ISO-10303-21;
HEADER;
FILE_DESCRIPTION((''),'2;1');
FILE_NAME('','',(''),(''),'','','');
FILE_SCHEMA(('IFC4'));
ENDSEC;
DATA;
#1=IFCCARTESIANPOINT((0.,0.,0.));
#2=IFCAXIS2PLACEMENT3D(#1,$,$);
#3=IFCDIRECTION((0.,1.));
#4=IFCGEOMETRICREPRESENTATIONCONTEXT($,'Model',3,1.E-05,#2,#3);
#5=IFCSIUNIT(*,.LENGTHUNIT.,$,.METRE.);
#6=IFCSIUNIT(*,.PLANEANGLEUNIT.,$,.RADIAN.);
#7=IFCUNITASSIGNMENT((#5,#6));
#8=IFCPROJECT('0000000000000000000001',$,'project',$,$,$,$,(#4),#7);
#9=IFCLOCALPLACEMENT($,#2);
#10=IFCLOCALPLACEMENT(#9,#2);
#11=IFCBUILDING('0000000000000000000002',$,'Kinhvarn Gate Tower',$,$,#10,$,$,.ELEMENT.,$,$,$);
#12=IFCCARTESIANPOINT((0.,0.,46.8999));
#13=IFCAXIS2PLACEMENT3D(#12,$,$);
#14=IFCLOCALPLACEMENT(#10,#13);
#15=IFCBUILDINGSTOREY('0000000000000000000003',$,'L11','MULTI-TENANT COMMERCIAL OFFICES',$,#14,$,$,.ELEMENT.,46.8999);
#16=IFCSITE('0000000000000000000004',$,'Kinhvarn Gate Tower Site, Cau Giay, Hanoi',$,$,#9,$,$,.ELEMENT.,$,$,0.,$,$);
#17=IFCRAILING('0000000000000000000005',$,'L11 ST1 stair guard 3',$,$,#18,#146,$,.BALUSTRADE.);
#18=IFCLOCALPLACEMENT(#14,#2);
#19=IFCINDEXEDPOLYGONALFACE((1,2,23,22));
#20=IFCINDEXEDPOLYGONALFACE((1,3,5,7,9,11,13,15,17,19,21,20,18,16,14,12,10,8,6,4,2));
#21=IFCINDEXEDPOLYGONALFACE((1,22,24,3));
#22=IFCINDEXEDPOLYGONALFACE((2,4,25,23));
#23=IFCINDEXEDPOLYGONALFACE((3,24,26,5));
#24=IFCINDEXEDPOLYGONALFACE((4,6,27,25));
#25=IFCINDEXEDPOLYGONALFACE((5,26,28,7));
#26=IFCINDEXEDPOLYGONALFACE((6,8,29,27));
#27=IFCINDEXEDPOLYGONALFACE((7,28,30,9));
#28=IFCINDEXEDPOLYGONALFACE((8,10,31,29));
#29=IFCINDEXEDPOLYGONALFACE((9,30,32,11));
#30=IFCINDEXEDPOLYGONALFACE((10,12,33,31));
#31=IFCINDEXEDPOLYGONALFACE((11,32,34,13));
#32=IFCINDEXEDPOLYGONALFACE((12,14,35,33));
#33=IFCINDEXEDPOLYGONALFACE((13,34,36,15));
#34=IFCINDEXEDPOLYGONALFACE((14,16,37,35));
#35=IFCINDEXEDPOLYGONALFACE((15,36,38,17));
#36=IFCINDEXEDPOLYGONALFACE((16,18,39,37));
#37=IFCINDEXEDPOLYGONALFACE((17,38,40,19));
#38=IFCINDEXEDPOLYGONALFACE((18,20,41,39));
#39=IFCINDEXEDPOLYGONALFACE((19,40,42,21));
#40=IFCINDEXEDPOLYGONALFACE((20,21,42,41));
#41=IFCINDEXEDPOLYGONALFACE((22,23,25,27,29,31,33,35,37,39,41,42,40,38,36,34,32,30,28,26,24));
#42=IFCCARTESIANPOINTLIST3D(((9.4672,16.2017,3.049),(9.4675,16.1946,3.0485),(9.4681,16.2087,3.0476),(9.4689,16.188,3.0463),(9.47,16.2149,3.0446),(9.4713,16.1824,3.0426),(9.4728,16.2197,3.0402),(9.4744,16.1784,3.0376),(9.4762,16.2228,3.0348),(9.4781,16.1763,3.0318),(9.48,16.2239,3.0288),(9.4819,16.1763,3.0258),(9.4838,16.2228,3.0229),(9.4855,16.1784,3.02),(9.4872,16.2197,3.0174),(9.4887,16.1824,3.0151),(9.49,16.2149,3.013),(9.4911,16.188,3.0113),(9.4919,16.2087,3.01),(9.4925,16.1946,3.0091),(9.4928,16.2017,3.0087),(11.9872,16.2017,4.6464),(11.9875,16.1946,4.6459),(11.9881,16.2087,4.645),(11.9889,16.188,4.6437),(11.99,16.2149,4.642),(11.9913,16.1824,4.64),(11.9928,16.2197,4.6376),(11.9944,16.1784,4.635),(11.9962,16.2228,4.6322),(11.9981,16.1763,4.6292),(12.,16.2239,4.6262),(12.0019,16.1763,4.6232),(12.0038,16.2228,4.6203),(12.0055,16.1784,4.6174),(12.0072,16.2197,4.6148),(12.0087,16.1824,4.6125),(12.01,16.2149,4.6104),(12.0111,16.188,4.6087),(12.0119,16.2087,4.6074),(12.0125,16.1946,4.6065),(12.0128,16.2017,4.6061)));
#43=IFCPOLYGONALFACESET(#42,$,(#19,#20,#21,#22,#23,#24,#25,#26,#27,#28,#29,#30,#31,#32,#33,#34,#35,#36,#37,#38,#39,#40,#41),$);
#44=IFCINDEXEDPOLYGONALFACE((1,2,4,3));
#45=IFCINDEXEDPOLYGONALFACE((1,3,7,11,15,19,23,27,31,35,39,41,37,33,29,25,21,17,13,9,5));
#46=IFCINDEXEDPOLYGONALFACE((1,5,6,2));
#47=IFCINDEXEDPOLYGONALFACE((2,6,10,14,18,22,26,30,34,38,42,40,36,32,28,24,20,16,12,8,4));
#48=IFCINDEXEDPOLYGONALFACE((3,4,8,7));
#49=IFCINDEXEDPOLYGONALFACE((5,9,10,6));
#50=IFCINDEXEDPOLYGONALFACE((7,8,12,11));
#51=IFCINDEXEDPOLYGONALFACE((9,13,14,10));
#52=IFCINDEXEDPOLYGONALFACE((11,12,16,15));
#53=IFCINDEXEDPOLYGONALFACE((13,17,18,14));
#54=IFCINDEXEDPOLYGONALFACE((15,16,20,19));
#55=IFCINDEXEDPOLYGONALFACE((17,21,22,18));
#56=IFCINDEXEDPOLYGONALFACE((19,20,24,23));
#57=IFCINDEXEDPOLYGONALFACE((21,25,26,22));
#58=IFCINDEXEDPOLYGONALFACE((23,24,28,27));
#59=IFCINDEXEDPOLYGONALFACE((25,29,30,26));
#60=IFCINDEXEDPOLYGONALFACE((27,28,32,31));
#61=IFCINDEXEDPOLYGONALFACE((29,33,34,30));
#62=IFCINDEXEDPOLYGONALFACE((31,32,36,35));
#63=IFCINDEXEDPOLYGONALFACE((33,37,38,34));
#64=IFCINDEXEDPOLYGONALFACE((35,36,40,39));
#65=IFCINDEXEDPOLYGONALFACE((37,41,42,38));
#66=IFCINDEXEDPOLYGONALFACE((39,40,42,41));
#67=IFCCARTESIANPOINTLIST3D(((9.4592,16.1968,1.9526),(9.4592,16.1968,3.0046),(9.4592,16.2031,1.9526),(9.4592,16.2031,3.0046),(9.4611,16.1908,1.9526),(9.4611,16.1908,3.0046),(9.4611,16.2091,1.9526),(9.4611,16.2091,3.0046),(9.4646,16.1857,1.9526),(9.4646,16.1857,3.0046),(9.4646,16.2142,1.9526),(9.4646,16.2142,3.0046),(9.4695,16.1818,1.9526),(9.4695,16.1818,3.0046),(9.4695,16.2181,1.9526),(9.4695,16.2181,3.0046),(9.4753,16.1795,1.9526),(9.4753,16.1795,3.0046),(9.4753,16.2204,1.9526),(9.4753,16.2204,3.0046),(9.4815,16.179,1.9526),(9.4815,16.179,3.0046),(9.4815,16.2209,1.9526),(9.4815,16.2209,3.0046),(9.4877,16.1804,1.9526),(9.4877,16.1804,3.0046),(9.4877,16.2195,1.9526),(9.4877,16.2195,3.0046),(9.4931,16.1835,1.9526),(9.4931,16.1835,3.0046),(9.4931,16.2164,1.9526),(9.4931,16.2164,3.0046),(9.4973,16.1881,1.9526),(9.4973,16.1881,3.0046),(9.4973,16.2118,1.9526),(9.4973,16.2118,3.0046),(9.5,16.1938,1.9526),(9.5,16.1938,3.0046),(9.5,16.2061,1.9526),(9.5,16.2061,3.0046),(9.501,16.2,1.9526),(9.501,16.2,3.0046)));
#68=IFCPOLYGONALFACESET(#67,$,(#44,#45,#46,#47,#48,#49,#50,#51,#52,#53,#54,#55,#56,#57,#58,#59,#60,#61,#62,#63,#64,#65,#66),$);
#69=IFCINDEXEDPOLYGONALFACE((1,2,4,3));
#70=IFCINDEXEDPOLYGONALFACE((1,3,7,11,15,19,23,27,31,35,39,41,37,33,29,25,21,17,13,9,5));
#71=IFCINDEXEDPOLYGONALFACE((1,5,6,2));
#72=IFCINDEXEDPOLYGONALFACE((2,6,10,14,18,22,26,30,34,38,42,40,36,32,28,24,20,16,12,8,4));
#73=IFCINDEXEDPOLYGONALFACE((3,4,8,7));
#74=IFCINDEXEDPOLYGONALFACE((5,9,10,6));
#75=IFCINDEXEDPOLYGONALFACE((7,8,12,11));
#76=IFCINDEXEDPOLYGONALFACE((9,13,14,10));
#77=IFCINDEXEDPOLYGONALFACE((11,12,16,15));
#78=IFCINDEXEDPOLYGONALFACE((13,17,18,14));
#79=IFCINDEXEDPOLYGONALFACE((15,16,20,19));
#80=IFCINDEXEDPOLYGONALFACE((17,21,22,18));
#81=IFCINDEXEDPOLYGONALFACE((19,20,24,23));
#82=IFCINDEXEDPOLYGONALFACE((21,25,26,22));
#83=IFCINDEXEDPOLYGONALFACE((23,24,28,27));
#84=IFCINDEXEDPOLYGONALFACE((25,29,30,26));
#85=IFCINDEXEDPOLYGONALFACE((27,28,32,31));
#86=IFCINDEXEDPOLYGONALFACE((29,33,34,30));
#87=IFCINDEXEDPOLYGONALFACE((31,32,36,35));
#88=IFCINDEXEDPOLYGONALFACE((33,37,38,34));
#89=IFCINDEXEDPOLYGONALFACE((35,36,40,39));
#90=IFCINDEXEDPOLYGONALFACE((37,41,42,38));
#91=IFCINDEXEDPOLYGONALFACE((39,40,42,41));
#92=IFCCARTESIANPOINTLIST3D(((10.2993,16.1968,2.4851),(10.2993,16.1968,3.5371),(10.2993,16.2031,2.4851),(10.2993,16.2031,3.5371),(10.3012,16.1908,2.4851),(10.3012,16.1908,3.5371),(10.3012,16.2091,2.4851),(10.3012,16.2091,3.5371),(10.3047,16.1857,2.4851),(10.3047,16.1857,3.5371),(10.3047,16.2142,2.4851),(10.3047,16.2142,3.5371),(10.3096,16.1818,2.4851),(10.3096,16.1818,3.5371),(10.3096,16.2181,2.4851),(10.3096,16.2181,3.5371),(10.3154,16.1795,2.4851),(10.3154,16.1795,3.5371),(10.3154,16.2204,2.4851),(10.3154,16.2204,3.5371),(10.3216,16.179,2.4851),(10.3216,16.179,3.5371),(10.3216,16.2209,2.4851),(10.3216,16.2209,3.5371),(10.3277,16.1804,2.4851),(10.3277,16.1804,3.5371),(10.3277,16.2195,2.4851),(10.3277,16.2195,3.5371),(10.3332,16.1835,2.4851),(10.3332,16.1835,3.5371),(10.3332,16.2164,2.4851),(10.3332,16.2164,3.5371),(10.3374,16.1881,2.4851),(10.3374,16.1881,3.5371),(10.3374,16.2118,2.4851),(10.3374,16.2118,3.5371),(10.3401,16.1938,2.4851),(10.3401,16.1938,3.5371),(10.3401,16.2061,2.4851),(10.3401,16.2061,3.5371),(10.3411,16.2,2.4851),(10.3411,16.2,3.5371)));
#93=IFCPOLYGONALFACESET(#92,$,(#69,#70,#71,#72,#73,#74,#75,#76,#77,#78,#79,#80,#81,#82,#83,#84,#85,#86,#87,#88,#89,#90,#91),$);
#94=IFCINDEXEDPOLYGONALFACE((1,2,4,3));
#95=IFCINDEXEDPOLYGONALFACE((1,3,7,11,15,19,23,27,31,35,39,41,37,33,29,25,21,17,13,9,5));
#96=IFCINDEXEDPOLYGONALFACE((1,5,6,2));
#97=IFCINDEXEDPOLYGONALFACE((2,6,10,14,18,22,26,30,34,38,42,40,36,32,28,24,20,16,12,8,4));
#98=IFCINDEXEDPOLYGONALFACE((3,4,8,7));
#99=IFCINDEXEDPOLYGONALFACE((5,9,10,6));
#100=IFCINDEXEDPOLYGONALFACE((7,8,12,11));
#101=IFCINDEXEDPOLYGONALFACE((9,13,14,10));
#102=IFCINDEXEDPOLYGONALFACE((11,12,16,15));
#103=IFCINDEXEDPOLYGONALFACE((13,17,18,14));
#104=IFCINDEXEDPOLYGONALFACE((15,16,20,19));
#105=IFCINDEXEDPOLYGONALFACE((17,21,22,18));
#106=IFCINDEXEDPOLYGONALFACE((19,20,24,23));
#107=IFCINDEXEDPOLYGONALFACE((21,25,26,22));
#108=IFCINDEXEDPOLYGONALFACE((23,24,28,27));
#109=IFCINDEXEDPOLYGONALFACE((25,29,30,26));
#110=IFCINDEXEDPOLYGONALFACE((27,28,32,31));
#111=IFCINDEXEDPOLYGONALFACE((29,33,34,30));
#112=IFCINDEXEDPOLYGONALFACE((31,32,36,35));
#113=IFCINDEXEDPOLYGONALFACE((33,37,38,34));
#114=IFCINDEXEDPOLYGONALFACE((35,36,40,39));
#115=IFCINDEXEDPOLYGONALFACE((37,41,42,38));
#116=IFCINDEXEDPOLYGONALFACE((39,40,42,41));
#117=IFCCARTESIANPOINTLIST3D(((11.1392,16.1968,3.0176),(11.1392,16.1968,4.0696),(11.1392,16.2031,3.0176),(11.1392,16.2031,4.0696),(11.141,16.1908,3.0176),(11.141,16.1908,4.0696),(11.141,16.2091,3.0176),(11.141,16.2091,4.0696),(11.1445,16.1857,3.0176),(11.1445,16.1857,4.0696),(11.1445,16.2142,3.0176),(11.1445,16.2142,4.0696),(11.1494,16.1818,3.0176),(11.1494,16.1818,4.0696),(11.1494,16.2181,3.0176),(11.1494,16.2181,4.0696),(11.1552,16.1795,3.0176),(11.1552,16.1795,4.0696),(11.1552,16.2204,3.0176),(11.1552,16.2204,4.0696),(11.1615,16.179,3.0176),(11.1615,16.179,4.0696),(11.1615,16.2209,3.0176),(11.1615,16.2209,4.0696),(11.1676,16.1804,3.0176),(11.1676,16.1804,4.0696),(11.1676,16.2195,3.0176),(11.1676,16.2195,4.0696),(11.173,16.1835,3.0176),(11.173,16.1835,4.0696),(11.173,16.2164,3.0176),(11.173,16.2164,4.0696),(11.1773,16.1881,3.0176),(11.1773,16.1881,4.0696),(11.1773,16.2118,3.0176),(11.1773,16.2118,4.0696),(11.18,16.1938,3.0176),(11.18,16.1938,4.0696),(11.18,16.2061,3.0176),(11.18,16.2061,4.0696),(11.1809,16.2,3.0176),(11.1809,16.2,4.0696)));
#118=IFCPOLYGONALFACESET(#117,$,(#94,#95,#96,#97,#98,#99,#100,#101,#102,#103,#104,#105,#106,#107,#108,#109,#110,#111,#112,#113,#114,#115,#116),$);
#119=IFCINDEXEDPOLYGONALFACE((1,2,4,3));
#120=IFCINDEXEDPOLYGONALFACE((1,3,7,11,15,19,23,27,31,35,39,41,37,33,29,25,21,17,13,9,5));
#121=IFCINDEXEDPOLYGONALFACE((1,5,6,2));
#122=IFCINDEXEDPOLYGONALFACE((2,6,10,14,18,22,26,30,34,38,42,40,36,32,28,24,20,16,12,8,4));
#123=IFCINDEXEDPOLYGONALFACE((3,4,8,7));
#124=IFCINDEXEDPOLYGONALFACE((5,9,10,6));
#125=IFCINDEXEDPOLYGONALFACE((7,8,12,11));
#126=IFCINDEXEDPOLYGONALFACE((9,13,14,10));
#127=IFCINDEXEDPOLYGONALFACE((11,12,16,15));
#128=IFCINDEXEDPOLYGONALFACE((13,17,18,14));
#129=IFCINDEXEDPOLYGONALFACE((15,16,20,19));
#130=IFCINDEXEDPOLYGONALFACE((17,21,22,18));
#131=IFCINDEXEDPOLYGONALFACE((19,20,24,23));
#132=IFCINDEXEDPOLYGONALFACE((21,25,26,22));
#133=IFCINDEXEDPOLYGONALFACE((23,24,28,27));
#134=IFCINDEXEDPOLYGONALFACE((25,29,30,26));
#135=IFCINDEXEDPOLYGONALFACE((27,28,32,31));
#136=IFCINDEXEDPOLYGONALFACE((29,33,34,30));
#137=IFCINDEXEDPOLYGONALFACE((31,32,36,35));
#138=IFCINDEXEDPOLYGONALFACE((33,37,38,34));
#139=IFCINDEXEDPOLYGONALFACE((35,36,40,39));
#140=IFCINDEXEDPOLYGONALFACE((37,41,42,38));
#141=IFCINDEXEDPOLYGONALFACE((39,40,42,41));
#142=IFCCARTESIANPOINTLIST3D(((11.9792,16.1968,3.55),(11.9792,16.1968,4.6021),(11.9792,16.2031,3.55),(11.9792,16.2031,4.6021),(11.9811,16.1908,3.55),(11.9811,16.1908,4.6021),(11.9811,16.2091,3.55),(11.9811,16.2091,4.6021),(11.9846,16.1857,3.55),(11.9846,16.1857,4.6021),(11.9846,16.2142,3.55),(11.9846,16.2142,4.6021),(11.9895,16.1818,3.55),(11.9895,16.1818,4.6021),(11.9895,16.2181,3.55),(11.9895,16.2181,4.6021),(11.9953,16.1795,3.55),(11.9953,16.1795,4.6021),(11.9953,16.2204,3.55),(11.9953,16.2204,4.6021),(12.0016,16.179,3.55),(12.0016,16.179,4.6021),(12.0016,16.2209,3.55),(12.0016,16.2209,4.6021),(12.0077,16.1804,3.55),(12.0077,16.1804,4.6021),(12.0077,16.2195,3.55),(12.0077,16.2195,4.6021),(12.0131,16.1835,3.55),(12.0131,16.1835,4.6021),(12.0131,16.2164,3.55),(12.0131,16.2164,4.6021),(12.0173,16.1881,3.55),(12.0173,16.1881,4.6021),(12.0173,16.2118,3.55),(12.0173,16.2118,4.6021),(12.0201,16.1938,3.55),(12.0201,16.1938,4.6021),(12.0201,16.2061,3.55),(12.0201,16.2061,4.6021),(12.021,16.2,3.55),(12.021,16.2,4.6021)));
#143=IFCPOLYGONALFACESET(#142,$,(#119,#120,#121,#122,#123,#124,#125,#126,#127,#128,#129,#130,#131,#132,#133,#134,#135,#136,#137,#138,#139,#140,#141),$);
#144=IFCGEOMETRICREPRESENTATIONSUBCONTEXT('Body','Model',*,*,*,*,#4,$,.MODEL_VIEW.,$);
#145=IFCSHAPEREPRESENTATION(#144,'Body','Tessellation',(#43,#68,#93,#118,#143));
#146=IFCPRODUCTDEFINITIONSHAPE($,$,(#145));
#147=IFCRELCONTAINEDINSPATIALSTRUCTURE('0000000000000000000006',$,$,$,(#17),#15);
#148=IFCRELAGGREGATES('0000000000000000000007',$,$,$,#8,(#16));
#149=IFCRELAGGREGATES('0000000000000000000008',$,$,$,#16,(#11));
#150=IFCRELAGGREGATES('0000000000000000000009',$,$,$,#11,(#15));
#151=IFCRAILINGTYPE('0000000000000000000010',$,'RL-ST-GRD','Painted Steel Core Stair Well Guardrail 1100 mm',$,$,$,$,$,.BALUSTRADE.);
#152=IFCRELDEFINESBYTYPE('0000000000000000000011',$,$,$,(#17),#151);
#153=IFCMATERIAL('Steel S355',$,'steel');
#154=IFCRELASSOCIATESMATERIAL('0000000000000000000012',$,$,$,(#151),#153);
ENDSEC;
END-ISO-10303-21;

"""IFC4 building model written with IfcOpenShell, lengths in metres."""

from ifc_helpers import new_model, si_unit, direction, frame, origin, origin_2d, place, context, subcontext, project, spatial, circle, extrude, material, type_object, element, save


model = new_model("IFC4")

# Units and contexts
model_context = context("Model", 3, precision=1e-05, world=origin(), true_north=direction((0.0, 1.0)))
body_context = subcontext(model_context, "Body", "Model", "MODEL_VIEW")
ifc_project = project(units=[si_unit("LENGTHUNIT", "METRE"), si_unit("PLANEANGLEUNIT", "RADIAN")], contexts=[model_context])

# Site, building, storey
site_placement = place(None, origin())
site = spatial("IfcSite", under=ifc_project, at=site_placement, Name="Kinhvarn Gate Tower Site, Cau Giay, Hanoi", CompositionType="ELEMENT", RefElevation=0.0)
building_placement = place(site_placement, origin())
building = spatial("IfcBuilding", under=site, at=building_placement, Name="Kinhvarn Gate Tower", CompositionType="ELEMENT")
storey_placement = place(building_placement, frame((0.0, 0.0, 46.8999)))
storey = spatial("IfcBuildingStorey", under=building, at=storey_placement, Name="L11", Description="MULTI-TENANT COMMERCIAL OFFICES", CompositionType="ELEMENT", Elevation=46.8999)

# Shared definitions
ifc_material_1 = material(Name="Steel S355", Category="steel")

# Railing
railing_type_1 = type_object("IfcRailingType", Name="RL-ST-GRD", Description="Painted Steel Core Stair Well Guardrail 1100 mm", PredefinedType="BALUSTRADE", material=ifc_material_1)
railing_1_placement = place(storey_placement, frame((9.48, 16.2, 1.9526)))
element("IfcRailing", 1, at=railing_1_placement, inside=storey, type_object=railing_type_1, Name="L11 ST1 stair guard 3", PredefinedType="BALUSTRADE", context=body_context, shape_type="SweptSolid", body=[
    extrude(circle(Radius=0.0239, at=origin_2d()), frame((0.0, 0.0, 1.0762), z_axis=(0.844607, 0.0, 0.535387), x_axis=(0.0, 1.0, 0.0)), (0.0, 0.0, 1.0), 2.9836),
    extrude(circle(Radius=0.021, at=origin_2d()), origin(), (0.0, 0.0, 1.0), 1.052),
    extrude(circle(Radius=0.021, at=origin_2d()), frame((0.8401, 0.0, 0.5325)), (0.0, 0.0, 1.0), 1.052),
    extrude(circle(Radius=0.021, at=origin_2d()), frame((1.6799, 0.0, 1.0649)), (0.0, 0.0, 1.0), 1.052),
    extrude(circle(Radius=0.021, at=origin_2d()), frame((2.52, 0.0, 1.5974)), (0.0, 0.0, 1.0), 1.052),
])

save(model, "model.ifc")
